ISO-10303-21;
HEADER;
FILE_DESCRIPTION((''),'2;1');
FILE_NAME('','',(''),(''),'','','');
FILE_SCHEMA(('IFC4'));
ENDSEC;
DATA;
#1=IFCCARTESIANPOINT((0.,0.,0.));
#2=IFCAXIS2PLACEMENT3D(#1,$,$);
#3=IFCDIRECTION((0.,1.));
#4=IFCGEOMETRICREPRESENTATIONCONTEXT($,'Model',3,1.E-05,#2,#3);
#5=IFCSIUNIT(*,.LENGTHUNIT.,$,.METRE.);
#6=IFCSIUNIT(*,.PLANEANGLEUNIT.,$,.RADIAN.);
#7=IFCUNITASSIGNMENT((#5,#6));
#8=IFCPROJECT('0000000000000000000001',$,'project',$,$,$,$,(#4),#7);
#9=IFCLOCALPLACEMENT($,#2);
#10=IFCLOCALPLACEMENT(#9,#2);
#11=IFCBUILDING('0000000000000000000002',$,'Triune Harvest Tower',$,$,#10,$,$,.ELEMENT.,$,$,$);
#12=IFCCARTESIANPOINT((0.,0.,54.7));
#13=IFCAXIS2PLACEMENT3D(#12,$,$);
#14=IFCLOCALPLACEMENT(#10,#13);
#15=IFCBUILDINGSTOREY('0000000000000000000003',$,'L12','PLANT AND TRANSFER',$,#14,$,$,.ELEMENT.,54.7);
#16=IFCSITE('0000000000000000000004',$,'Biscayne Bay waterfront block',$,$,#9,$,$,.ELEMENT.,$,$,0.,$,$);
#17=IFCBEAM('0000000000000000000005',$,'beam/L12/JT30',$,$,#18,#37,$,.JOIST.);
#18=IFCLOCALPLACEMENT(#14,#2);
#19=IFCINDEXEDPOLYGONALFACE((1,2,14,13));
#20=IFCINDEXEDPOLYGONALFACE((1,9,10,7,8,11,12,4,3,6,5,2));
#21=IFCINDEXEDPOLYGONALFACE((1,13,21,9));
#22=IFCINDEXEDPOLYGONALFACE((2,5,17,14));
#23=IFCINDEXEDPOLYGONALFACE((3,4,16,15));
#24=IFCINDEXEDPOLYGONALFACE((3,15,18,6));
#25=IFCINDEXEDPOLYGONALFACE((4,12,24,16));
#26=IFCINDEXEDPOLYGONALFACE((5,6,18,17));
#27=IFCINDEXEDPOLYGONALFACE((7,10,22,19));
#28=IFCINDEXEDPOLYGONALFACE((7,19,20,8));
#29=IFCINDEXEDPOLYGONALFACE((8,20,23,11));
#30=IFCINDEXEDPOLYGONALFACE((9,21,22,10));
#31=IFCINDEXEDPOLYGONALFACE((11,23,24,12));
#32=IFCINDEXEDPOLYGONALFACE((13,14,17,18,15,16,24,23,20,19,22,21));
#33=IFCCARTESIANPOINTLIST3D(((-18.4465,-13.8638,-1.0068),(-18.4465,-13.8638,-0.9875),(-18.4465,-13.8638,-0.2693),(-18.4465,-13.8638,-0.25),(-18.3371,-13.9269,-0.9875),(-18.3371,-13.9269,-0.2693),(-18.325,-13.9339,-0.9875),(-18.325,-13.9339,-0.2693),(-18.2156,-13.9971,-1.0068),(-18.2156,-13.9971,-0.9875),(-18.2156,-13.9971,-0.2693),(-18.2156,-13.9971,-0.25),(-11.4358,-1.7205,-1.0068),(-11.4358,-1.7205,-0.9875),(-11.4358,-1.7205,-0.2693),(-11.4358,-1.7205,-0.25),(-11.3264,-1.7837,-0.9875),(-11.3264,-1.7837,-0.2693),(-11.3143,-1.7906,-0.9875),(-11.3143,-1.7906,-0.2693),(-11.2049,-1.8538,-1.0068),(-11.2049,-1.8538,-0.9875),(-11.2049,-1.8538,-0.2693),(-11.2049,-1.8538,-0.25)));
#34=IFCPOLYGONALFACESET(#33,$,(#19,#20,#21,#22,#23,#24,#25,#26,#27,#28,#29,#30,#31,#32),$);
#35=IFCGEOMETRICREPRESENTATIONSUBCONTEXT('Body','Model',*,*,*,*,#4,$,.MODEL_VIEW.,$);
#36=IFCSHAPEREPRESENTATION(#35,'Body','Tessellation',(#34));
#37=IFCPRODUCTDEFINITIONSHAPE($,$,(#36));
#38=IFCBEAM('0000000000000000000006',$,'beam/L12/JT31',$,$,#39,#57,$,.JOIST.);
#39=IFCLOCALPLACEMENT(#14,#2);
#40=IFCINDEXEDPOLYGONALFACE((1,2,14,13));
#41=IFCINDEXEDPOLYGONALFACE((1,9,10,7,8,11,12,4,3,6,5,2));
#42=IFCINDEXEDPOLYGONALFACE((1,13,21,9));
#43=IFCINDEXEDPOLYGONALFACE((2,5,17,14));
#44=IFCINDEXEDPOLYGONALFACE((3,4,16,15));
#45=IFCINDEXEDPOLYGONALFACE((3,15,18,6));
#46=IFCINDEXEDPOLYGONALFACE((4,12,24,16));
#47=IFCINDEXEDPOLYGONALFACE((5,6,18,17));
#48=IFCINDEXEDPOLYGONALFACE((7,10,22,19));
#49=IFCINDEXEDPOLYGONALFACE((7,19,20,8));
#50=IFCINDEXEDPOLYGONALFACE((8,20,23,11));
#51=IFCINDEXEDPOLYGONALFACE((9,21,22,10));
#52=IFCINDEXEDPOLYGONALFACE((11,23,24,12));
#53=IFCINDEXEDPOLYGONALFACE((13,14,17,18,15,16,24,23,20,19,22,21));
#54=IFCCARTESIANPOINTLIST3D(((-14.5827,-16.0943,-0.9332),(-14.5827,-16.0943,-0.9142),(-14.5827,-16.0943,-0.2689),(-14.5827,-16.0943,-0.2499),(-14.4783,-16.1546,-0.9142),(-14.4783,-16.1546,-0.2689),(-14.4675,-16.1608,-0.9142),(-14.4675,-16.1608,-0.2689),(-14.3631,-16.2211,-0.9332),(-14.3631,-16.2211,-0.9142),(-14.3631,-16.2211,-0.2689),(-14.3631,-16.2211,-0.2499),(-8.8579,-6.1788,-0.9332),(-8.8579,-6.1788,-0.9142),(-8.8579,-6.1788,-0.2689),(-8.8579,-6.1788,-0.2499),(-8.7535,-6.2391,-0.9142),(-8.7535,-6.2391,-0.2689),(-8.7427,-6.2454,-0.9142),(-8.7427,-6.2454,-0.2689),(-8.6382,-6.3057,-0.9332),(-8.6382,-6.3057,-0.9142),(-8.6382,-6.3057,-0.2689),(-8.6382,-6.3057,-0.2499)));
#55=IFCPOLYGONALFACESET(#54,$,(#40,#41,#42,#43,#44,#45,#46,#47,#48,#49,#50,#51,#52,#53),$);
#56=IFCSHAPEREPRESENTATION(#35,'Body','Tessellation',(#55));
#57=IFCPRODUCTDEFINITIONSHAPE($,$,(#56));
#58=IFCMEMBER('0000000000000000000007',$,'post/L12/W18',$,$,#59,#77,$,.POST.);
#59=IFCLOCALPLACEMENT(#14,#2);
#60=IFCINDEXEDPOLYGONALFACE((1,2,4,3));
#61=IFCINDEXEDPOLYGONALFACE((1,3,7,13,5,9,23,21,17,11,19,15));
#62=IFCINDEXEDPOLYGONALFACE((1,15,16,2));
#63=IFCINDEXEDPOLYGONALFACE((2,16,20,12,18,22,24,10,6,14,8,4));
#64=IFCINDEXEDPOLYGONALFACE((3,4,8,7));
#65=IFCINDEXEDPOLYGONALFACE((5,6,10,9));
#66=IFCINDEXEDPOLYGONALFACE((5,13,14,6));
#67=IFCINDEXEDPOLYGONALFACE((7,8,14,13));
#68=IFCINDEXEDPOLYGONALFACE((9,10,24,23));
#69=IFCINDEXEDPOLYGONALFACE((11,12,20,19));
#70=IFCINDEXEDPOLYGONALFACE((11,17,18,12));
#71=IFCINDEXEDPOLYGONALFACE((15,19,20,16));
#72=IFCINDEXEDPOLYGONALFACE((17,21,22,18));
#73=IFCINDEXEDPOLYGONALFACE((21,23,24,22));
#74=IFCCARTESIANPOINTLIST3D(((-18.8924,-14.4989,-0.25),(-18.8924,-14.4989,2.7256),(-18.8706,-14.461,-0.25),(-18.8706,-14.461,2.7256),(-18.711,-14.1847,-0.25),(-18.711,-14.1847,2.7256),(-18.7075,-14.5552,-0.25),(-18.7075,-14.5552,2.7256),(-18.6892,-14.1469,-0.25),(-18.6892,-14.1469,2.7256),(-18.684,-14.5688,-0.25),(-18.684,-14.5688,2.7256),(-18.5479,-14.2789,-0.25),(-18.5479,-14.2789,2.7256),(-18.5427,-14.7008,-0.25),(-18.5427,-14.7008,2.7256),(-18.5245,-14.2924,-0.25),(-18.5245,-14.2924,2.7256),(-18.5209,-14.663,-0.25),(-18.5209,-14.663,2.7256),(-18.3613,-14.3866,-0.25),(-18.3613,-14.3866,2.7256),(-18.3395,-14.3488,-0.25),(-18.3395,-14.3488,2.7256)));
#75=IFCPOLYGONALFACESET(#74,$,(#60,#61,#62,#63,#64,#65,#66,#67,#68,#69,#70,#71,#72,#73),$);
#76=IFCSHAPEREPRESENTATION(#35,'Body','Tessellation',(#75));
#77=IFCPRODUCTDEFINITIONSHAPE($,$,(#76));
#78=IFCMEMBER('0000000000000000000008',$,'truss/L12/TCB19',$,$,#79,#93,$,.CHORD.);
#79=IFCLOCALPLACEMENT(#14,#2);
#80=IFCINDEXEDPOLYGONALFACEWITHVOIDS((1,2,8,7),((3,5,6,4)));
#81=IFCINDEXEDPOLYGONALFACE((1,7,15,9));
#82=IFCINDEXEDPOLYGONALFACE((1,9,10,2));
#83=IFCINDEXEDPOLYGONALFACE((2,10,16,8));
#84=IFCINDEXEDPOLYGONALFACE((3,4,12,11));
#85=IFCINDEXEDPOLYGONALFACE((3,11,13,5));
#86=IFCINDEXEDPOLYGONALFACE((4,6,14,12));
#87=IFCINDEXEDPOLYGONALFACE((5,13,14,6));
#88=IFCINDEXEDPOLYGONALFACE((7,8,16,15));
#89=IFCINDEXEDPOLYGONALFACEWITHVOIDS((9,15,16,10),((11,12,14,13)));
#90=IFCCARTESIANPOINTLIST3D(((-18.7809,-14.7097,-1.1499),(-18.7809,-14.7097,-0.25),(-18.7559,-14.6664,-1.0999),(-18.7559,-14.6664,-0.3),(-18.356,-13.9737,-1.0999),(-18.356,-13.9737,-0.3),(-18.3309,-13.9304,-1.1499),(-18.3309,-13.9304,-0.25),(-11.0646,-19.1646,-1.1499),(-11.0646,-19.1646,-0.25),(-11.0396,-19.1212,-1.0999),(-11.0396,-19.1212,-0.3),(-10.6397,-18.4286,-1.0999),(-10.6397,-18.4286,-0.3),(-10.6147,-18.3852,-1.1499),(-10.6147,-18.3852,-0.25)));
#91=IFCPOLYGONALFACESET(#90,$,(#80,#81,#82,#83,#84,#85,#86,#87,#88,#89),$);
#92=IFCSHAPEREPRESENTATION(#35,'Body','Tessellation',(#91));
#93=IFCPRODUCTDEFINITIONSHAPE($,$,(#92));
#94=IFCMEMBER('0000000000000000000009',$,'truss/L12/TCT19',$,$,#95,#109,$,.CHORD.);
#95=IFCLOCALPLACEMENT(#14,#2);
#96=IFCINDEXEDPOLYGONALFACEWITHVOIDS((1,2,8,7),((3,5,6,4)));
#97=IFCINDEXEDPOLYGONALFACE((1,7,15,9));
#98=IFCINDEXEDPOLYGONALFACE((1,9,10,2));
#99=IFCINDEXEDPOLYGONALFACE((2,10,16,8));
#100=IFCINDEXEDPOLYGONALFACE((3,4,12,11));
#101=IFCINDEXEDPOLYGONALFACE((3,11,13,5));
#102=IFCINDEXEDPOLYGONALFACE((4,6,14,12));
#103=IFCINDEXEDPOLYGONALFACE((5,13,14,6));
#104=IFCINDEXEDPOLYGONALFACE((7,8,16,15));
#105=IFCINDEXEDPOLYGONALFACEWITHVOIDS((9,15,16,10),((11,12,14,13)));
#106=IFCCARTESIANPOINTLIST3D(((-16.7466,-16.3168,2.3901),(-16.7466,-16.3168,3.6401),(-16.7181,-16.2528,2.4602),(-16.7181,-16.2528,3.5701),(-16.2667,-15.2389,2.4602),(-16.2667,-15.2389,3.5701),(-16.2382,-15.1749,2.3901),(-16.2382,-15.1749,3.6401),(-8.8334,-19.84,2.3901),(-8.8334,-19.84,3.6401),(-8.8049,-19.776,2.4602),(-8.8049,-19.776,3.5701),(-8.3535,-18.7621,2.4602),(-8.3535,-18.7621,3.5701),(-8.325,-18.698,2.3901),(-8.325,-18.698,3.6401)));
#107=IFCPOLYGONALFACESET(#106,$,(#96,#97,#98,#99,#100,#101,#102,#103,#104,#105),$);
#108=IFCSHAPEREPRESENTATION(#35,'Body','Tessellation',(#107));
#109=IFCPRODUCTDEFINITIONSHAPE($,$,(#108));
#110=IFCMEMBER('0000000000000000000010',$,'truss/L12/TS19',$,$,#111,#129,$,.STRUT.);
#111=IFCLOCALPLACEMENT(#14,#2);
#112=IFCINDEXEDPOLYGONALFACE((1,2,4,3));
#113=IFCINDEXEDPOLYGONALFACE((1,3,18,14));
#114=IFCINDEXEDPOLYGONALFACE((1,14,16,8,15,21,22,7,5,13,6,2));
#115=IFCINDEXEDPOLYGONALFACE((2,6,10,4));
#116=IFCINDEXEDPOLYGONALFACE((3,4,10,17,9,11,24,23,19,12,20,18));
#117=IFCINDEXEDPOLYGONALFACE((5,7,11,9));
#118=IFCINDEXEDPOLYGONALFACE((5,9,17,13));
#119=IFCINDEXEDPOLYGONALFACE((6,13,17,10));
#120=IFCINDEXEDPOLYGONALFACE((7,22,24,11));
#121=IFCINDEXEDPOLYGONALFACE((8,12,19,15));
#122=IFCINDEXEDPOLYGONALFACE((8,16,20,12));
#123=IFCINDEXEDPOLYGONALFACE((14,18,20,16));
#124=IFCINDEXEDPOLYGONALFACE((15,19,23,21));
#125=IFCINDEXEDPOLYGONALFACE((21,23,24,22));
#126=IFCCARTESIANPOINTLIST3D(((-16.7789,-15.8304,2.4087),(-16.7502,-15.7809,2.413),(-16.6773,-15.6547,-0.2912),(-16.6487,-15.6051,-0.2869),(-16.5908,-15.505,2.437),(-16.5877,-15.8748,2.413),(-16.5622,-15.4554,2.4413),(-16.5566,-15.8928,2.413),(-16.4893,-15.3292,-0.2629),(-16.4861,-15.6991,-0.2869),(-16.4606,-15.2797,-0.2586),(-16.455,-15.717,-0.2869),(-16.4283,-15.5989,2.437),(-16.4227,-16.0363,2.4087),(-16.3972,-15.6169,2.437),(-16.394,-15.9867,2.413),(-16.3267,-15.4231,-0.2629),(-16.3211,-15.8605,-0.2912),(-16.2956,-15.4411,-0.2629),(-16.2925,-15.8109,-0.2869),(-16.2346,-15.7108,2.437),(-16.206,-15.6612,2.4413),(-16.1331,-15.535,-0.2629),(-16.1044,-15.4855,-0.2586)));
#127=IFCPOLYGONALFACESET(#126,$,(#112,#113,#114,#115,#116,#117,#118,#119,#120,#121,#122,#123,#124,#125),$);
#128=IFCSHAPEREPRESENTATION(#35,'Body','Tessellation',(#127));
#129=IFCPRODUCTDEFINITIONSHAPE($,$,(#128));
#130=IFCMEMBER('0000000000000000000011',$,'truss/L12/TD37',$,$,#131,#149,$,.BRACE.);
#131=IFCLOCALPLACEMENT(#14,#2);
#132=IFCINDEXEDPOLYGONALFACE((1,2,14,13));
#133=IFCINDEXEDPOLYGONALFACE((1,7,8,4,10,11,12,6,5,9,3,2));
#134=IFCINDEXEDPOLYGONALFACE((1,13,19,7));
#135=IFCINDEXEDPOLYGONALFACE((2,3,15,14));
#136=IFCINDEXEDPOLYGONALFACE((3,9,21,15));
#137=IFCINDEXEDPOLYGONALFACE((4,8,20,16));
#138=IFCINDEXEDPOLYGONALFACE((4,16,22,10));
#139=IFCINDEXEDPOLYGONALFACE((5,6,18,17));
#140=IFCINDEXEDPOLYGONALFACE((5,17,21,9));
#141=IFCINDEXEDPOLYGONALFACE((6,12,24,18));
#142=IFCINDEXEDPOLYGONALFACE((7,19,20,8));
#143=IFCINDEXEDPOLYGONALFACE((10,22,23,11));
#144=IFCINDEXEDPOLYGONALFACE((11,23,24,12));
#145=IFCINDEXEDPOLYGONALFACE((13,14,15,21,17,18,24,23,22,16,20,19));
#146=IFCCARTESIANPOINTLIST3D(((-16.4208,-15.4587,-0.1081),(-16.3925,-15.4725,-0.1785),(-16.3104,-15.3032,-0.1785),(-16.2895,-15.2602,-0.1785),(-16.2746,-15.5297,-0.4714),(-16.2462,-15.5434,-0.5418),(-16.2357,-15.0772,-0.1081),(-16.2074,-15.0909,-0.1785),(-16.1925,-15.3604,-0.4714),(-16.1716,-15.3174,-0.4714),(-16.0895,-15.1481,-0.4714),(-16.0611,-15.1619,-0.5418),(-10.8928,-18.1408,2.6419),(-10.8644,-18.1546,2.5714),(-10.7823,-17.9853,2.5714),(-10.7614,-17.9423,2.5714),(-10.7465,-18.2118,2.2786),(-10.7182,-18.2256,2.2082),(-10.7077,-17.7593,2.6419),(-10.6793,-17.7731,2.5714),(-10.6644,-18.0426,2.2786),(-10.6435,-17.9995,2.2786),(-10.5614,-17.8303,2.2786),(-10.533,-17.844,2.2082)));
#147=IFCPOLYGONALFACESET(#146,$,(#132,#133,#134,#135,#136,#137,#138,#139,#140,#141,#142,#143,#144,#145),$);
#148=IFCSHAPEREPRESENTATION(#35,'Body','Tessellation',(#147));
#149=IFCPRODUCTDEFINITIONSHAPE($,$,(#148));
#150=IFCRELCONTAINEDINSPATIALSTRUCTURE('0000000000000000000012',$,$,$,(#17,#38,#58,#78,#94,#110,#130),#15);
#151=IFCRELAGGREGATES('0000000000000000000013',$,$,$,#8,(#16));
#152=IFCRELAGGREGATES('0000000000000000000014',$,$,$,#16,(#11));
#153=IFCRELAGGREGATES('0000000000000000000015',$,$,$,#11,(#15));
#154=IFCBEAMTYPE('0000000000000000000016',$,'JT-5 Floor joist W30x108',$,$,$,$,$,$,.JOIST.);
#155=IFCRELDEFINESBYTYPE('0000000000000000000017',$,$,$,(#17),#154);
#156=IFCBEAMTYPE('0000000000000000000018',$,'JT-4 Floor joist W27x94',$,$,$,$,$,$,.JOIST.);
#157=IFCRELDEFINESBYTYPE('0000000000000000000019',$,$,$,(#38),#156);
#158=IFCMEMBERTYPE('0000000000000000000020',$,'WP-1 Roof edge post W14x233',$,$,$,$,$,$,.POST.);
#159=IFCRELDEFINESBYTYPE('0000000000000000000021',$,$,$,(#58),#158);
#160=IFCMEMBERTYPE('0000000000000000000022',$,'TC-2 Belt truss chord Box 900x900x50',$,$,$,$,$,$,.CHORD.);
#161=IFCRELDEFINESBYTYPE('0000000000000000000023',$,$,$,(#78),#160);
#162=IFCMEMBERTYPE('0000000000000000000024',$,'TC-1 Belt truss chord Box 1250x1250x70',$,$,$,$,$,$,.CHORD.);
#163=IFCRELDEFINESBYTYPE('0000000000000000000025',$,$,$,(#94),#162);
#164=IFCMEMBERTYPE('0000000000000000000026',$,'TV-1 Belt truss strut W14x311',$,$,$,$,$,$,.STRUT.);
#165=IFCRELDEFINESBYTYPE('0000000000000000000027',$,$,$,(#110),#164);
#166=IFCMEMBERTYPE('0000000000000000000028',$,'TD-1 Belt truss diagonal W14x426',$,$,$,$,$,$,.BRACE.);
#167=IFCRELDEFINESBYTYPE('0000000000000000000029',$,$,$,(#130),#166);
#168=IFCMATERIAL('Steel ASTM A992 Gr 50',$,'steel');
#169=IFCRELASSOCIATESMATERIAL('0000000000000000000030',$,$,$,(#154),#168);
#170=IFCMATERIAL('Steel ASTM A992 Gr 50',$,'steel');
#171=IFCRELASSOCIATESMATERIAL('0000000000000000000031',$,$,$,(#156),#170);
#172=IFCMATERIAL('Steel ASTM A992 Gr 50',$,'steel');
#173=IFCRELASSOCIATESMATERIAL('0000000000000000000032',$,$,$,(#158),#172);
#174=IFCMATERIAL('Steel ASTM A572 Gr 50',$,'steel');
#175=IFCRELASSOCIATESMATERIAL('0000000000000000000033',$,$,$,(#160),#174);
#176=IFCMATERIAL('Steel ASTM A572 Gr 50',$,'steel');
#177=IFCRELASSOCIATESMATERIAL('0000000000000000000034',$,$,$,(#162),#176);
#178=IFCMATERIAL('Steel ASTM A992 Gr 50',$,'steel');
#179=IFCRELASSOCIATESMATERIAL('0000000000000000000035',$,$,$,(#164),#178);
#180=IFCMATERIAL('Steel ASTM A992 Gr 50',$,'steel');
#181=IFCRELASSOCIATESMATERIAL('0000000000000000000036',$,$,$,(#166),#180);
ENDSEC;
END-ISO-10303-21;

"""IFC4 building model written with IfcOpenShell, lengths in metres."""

from ifc_helpers import new_model, si_unit, direction, frame, origin, origin_2d, place, context, subcontext, project, spatial, hollow_rectangle, i_section, extrude, source, transform, mapped, material, material_profile, profile_set, type_object, element, save


model = new_model("IFC4")

# Units and contexts
model_context = context("Model", 3, precision=1e-05, world=origin(), true_north=direction((0.0, 1.0)))
body_context = subcontext(model_context, "Body", "Model", "MODEL_VIEW")
ifc_project = project(units=[si_unit("LENGTHUNIT", "METRE"), si_unit("PLANEANGLEUNIT", "RADIAN")], contexts=[model_context])

# Site, building, storey
site_placement = place(None, origin())
site = spatial("IfcSite", under=ifc_project, at=site_placement, Name="Biscayne Bay waterfront block", CompositionType="ELEMENT", RefElevation=0.0)
building_placement = place(site_placement, origin())
building = spatial("IfcBuilding", under=site, at=building_placement, Name="Triune Harvest Tower", CompositionType="ELEMENT")
storey_placement = place(building_placement, frame((0.0, 0.0, 54.7)))
storey = spatial("IfcBuildingStorey", under=building, at=storey_placement, Name="L12", Description="PLANT AND TRANSFER", CompositionType="ELEMENT", Elevation=54.7)

# Beams
ifc_material_1 = material(Name="Steel ASTM A992 Gr 50", Category="steel")
ifc_material_profile_1 = material_profile(ifc_material_1, i_section(OverallWidth=0.2666, OverallDepth=0.7568, WebThickness=0.0139, FlangeThickness=0.0193, at=origin_2d()), Name="W30x108")
ifc_profile_set_1 = profile_set([ifc_material_profile_1], Name="Steel ASTM A992 Gr 50")
beam_type_1 = type_object("IfcBeamType", Name="JT-5 Floor joist W30x108", PredefinedType="JOIST", material=ifc_profile_set_1)
shared_shape_1 = source(origin(), body_context, "Body", "SweptSolid", [
    extrude(i_section(OverallWidth=0.2666, OverallDepth=0.7568, WebThickness=0.0139, FlangeThickness=0.0193, at=origin_2d()), origin(), (0.0, 0.0, 1.0), 14.0217),
])
beam_1_placement = place(storey_placement, frame((-18.3311, -13.9304, -0.6284), z_axis=(0.499989, 0.866032, 0.0), x_axis=(-0.866032, 0.499989, 0.0)))
element("IfcBeam", 1, at=beam_1_placement, inside=storey, type_object=beam_type_1, Name="beam/L12/JT30", PredefinedType="JOIST", context=body_context, shape_type="MappedRepresentation", body=[
    mapped(shared_shape_1, transform((0.0, 0.0, 0.0), scale=1.0)),
])
ifc_material_2 = material(Name="Steel ASTM A992 Gr 50", Category="steel")
ifc_material_profile_2 = material_profile(ifc_material_2, i_section(OverallWidth=0.2537, OverallDepth=0.6833, WebThickness=0.0125, FlangeThickness=0.019, at=origin_2d()), Name="W27x94")
ifc_profile_set_2 = profile_set([ifc_material_profile_2], Name="Steel ASTM A992 Gr 50")
beam_type_2 = type_object("IfcBeamType", Name="JT-4 Floor joist W27x94", PredefinedType="JOIST", material=ifc_profile_set_2)
shared_shape_2 = source(origin(), body_context, "Body", "SweptSolid", [
    extrude(i_section(OverallWidth=0.2537, OverallDepth=0.6833, WebThickness=0.0125, FlangeThickness=0.019, at=origin_2d()), origin(), (0.0, 0.0, 1.0), 11.4495),
])
beam_2_placement = place(storey_placement, frame((-14.4729, -16.1577, -0.5916), z_axis=(0.500008, 0.866021, 0.0), x_axis=(-0.866021, 0.500008, 0.0)))
element("IfcBeam", 2, at=beam_2_placement, inside=storey, type_object=beam_type_2, Name="beam/L12/JT31", PredefinedType="JOIST", context=body_context, shape_type="MappedRepresentation", body=[
    mapped(shared_shape_2, transform((0.0, 0.0, 0.0), scale=1.0)),
])

# Members
ifc_material_3 = material(Name="Steel ASTM A992 Gr 50", Category="steel")
ifc_material_profile_3 = material_profile(ifc_material_3, i_section(OverallWidth=0.4038, OverallDepth=0.4065, WebThickness=0.0271, FlangeThickness=0.0437, at=origin_2d()), Name="W14x233")
ifc_profile_set_3 = profile_set([ifc_material_profile_3], Name="Steel ASTM A992 Gr 50")
member_type_1 = type_object("IfcMemberType", Name="WP-1 Roof edge post W14x233", PredefinedType="POST", material=ifc_profile_set_3)
shared_shape_3 = source(origin(), body_context, "Body", "SweptSolid", [
    extrude(i_section(OverallWidth=0.4038, OverallDepth=0.4065, WebThickness=0.0271, FlangeThickness=0.0437, at=origin_2d()), origin(), (0.0, 0.0, 1.0), 2.9756),
])
member_1_placement = place(storey_placement, frame((-18.616, -14.4238, -0.25), z_axis=(0.0, 0.0, 1.0), x_axis=(0.866025, -0.5, 0.0)))
element("IfcMember", 3, at=member_1_placement, inside=storey, type_object=member_type_1, Name="post/L12/W18", PredefinedType="POST", context=body_context, shape_type="MappedRepresentation", body=[
    mapped(shared_shape_3, transform((0.0, 0.0, 0.0), scale=1.0)),
])
ifc_material_4 = material(Name="Steel ASTM A572 Gr 50", Category="steel")
ifc_material_profile_4 = material_profile(ifc_material_4, hollow_rectangle(XDim=0.8999, YDim=0.8999, WallThickness=0.05, at=origin_2d()), Name="Box 900x900x50")
ifc_profile_set_4 = profile_set([ifc_material_profile_4], Name="Steel ASTM A572 Gr 50")
member_type_2 = type_object("IfcMemberType", Name="TC-2 Belt truss chord Box 900x900x50", PredefinedType="CHORD", material=ifc_profile_set_4)
shared_shape_4 = source(origin(), body_context, "Body", "SweptSolid", [
    extrude(hollow_rectangle(XDim=0.8999, YDim=0.8999, WallThickness=0.05, at=origin_2d()), origin(), (0.0, 0.0, 1.0), 8.9099),
])
member_2_placement = place(storey_placement, frame((-18.5559, -14.3201, -0.7), z_axis=(0.866034, -0.499985, 0.0), x_axis=(0.499985, 0.866034, 0.0)))
element("IfcMember", 4, at=member_2_placement, inside=storey, type_object=member_type_2, Name="truss/L12/TCB19", PredefinedType="CHORD", context=body_context, shape_type="MappedRepresentation", body=[
    mapped(shared_shape_4, transform((0.0, 0.0, 0.0), scale=1.0)),
])
ifc_material_5 = material(Name="Steel ASTM A572 Gr 50", Category="steel")
ifc_material_profile_5 = material_profile(ifc_material_5, hollow_rectangle(XDim=1.25, YDim=1.25, WallThickness=0.0701, at=origin_2d()), Name="Box 1250x1250x70")
ifc_profile_set_5 = profile_set([ifc_material_profile_5], Name="Steel ASTM A572 Gr 50")
member_type_3 = type_object("IfcMemberType", Name="TC-1 Belt truss chord Box 1250x1250x70", PredefinedType="CHORD", material=ifc_profile_set_5)
shared_shape_5 = source(origin(), body_context, "Body", "SweptSolid", [
    extrude(hollow_rectangle(XDim=1.25, YDim=1.25, WallThickness=0.0701, at=origin_2d()), origin(), (0.0, 0.0, 1.0), 8.6621),
])
member_3_placement = place(storey_placement, frame((-16.4924, -15.7458, 3.0151), z_axis=(0.913548, -0.406732, 0.0), x_axis=(0.406732, 0.913548, 0.0)))
element("IfcMember", 5, at=member_3_placement, inside=storey, type_object=member_type_3, Name="truss/L12/TCT19", PredefinedType="CHORD", context=body_context, shape_type="MappedRepresentation", body=[
    mapped(shared_shape_5, transform((0.0, 0.0, 0.0), scale=1.0)),
])
ifc_material_6 = material(Name="Steel ASTM A992 Gr 50", Category="steel")
ifc_material_profile_6 = material_profile(ifc_material_6, i_section(OverallWidth=0.4114, OverallDepth=0.4343, WebThickness=0.0359, FlangeThickness=0.0574, at=origin_2d()), Name="W14x311")
ifc_profile_set_6 = profile_set([ifc_material_profile_6], Name="Steel ASTM A992 Gr 50")
member_type_4 = type_object("IfcMemberType", Name="TV-1 Belt truss strut W14x311", PredefinedType="STRUT", material=ifc_profile_set_6)
shared_shape_6 = source(origin(), body_context, "Body", "SweptSolid", [
    extrude(i_section(OverallWidth=0.4114, OverallDepth=0.4343, WebThickness=0.0359, FlangeThickness=0.0574, at=origin_2d()), origin(), (0.0, 0.0, 1.0), 2.7075),
])
member_4_placement = place(storey_placement, frame((-16.3909, -15.5701, -0.2749), z_axis=(-0.037511, -0.064922, 0.997185), x_axis=(0.865865, -0.500278, 0.0)))
element("IfcMember", 6, at=member_4_placement, inside=storey, type_object=member_type_4, Name="truss/L12/TS19", PredefinedType="STRUT", context=body_context, shape_type="MappedRepresentation", body=[
    mapped(shared_shape_6, transform((0.0, 0.0, 0.0), scale=1.0)),
])
ifc_material_7 = material(Name="Steel ASTM A992 Gr 50", Category="steel")
ifc_material_profile_7 = material_profile(ifc_material_7, i_section(OverallWidth=0.4241, OverallDepth=0.4751, WebThickness=0.0479, FlangeThickness=0.0771, at=origin_2d()), Name="W14x426")
ifc_profile_set_7 = profile_set([ifc_material_profile_7], Name="Steel ASTM A992 Gr 50")
member_type_5 = type_object("IfcMemberType", Name="TD-1 Belt truss diagonal W14x426", PredefinedType="BRACE", material=ifc_profile_set_7)
shared_shape_7 = source(origin(), body_context, "Body", "SweptSolid", [
    extrude(i_section(OverallWidth=0.4241, OverallDepth=0.4751, WebThickness=0.0479, FlangeThickness=0.0771, at=origin_2d()), origin(), (0.0, 0.0, 1.0), 6.7317),
])
member_5_placement = place(storey_placement, frame((-16.241, -15.3103, -0.325), z_axis=(0.821199, -0.398432, 0.408514), x_axis=(0.436517, 0.899696, 0.0)))
element("IfcMember", 7, at=member_5_placement, inside=storey, type_object=member_type_5, Name="truss/L12/TD37", PredefinedType="BRACE", context=body_context, shape_type="MappedRepresentation", body=[
    mapped(shared_shape_7, transform((0.0, 0.0, 0.0), scale=1.0)),
])

save(model, "model.ifc")
